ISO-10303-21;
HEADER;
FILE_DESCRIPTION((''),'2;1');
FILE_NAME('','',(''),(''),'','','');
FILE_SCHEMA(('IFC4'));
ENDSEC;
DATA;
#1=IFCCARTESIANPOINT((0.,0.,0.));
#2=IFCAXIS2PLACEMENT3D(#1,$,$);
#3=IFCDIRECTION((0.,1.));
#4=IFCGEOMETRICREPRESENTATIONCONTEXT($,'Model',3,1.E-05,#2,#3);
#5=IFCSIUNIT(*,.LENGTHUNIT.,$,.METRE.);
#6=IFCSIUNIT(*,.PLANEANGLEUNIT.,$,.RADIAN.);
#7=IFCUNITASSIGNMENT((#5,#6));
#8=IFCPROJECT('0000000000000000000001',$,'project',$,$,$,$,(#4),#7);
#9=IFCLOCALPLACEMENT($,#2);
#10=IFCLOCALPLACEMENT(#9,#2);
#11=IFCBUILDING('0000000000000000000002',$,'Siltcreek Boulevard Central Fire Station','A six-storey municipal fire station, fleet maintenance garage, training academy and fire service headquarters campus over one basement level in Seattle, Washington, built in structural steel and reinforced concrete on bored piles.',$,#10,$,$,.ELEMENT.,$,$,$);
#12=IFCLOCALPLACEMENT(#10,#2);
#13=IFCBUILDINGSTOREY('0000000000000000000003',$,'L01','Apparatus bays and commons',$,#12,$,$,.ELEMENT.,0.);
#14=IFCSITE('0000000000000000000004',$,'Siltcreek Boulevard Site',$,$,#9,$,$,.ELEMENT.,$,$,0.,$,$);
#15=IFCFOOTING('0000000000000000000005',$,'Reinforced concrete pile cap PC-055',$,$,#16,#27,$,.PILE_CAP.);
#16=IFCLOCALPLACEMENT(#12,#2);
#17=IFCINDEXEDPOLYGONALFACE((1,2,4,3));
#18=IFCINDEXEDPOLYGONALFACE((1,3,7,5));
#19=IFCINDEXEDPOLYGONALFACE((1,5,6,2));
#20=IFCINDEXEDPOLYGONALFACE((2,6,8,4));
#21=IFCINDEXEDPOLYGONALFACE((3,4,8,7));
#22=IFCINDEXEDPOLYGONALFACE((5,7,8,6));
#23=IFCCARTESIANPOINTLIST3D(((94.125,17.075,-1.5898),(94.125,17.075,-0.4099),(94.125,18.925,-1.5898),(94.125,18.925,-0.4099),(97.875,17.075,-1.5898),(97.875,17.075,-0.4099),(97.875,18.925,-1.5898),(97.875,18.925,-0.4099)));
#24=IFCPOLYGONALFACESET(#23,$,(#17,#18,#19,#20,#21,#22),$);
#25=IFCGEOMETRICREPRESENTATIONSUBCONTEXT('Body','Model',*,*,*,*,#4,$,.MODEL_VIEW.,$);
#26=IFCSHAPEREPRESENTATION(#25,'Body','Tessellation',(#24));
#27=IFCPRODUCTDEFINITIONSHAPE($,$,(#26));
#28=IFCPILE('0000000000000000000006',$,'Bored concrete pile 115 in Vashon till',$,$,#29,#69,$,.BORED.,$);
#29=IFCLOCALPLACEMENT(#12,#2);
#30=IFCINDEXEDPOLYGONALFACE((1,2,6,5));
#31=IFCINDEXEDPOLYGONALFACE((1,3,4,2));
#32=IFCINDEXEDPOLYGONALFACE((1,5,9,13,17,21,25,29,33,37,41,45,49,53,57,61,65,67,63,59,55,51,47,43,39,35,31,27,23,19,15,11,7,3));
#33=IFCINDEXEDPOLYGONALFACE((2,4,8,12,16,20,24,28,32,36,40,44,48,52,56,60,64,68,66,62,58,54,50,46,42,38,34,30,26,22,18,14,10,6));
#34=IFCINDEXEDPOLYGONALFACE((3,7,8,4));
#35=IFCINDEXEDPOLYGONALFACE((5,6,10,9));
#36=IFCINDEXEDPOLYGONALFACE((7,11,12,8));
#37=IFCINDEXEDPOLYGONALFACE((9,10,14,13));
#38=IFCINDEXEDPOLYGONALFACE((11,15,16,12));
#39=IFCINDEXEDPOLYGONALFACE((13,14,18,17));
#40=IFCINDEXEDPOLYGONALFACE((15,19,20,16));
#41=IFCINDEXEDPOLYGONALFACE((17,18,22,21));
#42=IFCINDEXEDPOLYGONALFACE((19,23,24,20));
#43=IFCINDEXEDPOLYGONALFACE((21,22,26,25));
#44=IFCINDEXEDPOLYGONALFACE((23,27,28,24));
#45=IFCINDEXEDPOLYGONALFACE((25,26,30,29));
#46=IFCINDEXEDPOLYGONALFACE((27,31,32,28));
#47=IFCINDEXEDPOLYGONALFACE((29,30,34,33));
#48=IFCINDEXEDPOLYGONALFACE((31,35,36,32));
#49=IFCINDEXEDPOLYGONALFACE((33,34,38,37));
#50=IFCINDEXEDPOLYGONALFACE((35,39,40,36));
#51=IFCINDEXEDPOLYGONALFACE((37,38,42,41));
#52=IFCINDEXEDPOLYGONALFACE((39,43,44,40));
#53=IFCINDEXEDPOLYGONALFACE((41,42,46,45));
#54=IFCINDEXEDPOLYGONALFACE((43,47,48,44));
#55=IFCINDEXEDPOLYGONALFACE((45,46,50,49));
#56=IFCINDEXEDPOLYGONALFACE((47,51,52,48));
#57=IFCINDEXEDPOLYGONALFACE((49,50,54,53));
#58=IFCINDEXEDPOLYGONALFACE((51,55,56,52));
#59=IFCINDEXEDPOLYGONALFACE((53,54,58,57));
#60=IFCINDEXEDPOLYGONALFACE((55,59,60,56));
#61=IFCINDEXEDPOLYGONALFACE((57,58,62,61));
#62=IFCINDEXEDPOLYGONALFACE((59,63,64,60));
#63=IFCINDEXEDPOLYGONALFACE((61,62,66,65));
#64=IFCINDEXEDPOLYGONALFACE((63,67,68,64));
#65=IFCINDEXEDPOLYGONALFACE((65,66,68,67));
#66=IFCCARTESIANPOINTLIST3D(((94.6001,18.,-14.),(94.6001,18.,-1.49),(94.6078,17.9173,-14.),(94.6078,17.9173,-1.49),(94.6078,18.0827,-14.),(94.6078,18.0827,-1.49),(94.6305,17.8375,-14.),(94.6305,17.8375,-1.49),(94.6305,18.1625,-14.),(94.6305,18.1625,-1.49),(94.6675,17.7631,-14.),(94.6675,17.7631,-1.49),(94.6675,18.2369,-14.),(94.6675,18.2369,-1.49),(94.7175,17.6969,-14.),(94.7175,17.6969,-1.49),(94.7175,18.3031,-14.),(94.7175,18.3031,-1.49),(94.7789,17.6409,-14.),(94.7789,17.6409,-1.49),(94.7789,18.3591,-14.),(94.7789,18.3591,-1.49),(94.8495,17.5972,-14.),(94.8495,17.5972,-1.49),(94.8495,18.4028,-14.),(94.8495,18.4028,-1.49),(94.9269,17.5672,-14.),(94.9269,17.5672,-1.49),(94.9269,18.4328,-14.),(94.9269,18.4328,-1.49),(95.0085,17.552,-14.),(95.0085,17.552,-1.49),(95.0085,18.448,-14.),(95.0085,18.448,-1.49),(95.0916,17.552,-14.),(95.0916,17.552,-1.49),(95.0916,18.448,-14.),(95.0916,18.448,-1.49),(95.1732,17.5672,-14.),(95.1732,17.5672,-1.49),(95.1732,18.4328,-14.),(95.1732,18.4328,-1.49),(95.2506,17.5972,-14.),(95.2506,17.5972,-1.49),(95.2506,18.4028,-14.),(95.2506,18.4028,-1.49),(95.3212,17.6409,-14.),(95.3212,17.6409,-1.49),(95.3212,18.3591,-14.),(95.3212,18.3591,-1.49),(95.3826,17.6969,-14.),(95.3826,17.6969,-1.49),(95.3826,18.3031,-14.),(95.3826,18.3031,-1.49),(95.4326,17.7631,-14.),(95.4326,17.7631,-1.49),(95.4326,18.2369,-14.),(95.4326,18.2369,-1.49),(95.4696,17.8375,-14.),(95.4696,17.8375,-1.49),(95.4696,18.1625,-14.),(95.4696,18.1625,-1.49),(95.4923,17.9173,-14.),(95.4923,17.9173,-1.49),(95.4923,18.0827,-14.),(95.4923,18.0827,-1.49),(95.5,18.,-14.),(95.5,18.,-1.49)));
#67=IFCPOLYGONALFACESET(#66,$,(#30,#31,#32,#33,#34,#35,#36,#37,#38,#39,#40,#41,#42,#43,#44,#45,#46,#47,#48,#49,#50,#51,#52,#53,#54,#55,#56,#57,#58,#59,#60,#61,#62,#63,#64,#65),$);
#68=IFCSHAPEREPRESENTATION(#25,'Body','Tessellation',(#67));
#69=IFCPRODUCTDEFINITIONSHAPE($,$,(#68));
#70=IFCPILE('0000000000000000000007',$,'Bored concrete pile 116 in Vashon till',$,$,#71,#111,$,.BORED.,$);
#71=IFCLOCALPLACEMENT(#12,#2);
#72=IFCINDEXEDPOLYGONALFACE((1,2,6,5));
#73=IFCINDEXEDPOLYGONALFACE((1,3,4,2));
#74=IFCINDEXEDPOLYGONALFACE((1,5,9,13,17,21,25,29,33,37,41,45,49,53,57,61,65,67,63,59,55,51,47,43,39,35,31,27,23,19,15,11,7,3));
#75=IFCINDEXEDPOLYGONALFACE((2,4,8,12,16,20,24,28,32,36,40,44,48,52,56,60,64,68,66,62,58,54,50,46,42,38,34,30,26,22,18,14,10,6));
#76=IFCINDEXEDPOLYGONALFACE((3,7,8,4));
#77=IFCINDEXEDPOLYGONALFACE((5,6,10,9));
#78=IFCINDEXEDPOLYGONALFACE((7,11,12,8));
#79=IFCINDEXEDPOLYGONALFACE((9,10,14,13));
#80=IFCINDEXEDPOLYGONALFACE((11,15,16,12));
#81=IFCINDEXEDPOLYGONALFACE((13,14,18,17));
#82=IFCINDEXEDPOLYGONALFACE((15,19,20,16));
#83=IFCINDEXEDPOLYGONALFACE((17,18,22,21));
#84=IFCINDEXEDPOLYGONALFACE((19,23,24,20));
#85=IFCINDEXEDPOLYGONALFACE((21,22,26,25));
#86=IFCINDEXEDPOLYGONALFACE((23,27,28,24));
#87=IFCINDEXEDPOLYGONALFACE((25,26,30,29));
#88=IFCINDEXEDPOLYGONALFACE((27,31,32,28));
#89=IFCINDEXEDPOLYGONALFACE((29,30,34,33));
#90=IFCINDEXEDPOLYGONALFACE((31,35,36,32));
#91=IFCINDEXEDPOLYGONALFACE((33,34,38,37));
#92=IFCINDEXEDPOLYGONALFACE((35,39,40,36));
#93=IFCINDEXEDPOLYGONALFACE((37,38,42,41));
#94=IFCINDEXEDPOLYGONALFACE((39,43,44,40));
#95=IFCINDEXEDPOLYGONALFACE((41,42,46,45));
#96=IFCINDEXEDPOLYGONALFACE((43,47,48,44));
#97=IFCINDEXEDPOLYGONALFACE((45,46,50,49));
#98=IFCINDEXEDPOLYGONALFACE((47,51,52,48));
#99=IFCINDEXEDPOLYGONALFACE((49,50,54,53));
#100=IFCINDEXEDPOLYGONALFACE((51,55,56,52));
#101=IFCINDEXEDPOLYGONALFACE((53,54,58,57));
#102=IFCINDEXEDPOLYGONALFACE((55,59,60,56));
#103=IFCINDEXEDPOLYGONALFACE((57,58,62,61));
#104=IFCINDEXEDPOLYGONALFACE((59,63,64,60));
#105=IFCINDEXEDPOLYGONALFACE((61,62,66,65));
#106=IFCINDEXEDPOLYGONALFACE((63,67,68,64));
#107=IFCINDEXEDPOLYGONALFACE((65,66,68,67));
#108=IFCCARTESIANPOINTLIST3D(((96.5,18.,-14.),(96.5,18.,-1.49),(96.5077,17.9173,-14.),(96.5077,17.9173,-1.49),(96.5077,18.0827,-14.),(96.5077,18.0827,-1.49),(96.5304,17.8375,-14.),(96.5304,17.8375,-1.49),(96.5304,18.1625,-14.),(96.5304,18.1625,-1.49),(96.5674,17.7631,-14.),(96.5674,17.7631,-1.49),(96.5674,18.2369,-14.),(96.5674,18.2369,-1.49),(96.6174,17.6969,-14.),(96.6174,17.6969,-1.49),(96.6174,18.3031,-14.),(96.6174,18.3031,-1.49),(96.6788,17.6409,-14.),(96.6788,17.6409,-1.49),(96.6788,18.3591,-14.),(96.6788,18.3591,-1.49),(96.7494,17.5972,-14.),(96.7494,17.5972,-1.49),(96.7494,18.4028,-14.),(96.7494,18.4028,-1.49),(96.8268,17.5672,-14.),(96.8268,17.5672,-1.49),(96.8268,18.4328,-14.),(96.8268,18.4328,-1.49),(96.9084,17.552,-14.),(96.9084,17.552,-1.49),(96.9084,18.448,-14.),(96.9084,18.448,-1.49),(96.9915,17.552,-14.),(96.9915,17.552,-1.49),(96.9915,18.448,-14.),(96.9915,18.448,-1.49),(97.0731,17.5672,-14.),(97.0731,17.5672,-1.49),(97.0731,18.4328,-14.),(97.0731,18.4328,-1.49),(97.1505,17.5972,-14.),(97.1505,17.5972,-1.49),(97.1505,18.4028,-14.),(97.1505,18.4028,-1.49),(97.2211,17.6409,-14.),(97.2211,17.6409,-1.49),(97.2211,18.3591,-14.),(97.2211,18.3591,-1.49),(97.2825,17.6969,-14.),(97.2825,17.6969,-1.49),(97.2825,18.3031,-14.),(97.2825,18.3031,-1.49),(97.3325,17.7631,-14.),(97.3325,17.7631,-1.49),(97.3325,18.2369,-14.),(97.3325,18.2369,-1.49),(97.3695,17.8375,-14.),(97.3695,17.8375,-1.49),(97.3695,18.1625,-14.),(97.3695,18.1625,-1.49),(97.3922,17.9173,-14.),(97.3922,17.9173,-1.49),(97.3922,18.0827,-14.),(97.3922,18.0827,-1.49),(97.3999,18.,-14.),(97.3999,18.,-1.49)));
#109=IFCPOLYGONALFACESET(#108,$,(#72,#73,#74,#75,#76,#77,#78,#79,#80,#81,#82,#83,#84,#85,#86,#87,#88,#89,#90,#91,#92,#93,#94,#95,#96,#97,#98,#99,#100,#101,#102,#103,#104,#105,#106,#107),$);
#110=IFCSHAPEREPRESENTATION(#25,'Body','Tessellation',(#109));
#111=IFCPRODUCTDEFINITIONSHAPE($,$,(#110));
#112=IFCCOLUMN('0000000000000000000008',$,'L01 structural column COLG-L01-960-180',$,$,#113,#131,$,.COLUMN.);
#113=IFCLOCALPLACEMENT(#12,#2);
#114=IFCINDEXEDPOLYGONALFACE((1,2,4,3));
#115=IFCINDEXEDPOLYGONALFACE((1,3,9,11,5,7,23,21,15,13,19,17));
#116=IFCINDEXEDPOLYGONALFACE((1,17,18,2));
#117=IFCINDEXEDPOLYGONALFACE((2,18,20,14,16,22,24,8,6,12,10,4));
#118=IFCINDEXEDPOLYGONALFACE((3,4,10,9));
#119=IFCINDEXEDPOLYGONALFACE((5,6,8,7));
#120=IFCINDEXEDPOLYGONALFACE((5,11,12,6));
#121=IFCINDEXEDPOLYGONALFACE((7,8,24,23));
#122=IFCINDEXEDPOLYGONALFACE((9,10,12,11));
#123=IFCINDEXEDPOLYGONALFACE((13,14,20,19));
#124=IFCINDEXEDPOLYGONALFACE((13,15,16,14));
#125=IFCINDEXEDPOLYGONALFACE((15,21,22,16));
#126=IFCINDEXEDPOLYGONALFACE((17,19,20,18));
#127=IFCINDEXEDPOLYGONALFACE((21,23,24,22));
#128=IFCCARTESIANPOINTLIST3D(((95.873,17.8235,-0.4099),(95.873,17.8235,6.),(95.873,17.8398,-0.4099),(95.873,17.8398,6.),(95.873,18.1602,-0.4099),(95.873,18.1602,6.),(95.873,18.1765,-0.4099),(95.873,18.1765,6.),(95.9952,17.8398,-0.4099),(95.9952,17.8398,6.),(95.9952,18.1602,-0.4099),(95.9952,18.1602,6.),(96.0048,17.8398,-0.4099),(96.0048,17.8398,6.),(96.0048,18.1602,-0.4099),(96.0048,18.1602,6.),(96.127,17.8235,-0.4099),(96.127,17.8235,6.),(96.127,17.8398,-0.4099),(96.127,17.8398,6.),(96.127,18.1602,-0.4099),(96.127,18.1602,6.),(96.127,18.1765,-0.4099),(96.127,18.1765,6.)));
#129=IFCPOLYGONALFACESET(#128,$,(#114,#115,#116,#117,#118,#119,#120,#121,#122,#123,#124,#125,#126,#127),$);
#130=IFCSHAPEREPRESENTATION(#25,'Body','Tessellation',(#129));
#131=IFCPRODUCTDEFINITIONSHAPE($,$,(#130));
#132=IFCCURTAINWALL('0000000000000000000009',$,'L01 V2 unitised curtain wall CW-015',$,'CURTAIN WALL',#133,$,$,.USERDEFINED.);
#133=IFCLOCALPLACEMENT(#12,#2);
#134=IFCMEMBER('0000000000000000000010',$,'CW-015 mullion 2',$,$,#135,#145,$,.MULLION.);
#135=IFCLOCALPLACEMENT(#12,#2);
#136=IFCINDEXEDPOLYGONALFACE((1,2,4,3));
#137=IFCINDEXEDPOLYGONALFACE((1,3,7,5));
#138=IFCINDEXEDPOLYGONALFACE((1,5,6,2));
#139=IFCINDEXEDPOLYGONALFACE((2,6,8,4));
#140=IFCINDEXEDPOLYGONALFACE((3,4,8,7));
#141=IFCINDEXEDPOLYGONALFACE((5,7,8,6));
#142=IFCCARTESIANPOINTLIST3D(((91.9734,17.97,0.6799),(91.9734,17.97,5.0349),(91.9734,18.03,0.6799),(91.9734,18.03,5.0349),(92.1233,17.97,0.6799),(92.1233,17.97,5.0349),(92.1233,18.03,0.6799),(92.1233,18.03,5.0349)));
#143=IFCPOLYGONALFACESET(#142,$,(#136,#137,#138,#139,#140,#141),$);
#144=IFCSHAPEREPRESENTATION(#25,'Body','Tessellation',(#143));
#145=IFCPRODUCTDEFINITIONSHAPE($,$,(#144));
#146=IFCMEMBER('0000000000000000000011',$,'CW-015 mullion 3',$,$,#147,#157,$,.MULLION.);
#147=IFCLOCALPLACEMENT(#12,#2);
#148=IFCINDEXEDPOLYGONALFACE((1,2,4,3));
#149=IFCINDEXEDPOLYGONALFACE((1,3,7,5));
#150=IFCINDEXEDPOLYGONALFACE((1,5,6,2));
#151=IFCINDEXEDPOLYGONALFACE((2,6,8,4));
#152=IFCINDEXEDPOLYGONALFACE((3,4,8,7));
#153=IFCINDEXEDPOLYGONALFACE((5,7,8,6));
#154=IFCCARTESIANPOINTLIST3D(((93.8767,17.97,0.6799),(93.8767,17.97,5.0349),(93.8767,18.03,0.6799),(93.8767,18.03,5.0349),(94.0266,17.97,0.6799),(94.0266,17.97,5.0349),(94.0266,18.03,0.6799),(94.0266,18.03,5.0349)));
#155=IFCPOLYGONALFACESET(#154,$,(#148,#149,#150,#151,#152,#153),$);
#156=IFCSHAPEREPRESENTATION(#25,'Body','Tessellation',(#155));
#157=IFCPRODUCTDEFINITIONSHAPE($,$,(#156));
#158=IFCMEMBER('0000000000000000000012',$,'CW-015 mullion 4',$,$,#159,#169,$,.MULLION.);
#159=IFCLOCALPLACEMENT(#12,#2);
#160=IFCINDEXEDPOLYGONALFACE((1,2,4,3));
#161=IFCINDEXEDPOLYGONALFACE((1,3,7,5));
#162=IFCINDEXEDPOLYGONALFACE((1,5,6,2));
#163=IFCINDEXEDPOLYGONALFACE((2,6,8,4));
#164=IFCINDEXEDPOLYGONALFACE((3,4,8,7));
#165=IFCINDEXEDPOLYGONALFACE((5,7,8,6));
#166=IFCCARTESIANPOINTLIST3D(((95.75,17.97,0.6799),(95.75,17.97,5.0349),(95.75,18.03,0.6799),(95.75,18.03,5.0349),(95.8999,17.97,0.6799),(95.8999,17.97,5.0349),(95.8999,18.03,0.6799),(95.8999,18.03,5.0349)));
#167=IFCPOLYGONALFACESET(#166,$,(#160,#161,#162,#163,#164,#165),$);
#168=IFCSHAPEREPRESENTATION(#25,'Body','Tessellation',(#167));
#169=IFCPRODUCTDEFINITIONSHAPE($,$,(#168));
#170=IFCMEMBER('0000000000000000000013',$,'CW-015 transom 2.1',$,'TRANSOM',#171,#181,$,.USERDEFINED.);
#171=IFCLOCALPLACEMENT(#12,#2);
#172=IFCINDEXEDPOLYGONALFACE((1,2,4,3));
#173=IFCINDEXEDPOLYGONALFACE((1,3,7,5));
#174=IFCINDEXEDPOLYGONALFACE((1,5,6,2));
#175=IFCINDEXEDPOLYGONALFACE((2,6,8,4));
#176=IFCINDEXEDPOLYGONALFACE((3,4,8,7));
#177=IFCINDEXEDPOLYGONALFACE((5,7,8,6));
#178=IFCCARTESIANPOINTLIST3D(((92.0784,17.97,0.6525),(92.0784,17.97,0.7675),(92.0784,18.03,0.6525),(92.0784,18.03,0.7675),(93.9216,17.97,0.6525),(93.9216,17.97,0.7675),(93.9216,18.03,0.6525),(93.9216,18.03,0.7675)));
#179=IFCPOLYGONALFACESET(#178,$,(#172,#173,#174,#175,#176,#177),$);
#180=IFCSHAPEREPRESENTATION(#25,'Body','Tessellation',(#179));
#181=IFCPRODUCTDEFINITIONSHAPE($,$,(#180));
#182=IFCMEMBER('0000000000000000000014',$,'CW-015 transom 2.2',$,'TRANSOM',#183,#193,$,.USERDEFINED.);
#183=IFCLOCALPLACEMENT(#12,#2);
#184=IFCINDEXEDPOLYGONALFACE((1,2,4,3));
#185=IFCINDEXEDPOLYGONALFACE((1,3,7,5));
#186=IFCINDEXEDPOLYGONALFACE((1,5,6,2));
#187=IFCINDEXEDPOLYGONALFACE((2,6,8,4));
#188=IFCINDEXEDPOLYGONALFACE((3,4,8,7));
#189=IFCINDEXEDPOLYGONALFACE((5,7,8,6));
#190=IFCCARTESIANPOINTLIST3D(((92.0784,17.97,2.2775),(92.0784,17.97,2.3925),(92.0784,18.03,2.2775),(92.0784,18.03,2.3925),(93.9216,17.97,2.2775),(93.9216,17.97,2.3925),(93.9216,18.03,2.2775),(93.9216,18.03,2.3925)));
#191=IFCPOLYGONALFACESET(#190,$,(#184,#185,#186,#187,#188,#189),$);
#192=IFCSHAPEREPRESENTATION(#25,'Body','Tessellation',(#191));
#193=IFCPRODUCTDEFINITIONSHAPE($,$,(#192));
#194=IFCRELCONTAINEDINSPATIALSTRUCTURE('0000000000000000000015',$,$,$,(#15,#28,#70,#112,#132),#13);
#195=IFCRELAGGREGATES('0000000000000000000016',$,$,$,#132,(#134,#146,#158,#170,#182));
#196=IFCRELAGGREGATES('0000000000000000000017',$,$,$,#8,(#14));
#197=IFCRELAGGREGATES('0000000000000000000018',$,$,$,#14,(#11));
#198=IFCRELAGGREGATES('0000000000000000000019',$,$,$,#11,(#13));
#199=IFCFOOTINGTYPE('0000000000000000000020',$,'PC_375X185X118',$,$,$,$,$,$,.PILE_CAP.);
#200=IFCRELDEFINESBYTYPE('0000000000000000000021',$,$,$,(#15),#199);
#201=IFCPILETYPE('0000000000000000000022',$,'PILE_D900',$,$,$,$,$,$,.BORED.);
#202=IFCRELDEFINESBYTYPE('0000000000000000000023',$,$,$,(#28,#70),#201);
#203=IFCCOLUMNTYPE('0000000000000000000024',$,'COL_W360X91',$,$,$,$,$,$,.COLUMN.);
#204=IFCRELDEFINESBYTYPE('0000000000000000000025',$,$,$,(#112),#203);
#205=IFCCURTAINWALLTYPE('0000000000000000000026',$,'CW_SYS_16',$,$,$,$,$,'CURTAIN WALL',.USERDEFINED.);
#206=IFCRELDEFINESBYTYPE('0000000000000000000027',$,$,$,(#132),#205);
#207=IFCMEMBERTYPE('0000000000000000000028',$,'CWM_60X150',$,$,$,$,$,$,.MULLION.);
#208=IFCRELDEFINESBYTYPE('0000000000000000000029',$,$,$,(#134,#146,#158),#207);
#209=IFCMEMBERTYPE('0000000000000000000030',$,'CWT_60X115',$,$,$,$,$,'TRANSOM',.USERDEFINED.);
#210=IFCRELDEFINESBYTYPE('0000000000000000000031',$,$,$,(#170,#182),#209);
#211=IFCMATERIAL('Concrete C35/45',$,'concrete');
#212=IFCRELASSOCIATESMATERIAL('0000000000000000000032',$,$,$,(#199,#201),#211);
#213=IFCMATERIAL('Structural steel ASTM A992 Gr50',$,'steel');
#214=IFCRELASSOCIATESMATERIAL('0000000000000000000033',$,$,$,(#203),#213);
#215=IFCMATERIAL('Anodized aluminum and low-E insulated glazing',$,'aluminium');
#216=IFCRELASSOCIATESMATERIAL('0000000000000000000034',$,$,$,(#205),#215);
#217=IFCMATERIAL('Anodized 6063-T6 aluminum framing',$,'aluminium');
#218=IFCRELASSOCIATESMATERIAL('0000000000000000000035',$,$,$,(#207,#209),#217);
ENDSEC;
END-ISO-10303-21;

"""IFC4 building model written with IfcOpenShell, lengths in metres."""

from ifc_helpers import new_model, si_unit, direction, frame, origin, origin_2d, place, context, subcontext, project, spatial, rectangle, circle, i_section, extrude, material, material_profile, profile_set, type_object, element, aggregate, save


model = new_model("IFC4")

# Units and contexts
model_context = context("Model", 3, precision=1e-05, world=origin(), true_north=direction((0.0, 1.0)))
body_context = subcontext(model_context, "Body", "Model", "MODEL_VIEW")
ifc_project = project(units=[si_unit("LENGTHUNIT", "METRE"), si_unit("PLANEANGLEUNIT", "RADIAN")], contexts=[model_context])

# Site, building, storey
site_placement = place(None, origin())
site = spatial("IfcSite", under=ifc_project, at=site_placement, Name="Siltcreek Boulevard Site", CompositionType="ELEMENT", RefElevation=0.0)
building_placement = place(site_placement, origin())
building = spatial("IfcBuilding", under=site, at=building_placement, Name="Siltcreek Boulevard Central Fire Station", Description="A six-storey municipal fire station, fleet maintenance garage, training academy and fire service headquarters campus over one basement level in Seattle, Washington, built in structural steel and reinforced concrete on bored piles.", CompositionType="ELEMENT")
storey_placement = place(building_placement, origin())
storey = spatial("IfcBuildingStorey", under=building, at=storey_placement, Name="L01", Description="Apparatus bays and commons", CompositionType="ELEMENT", Elevation=0.0)

# Footing
ifc_material_1 = material(Name="Concrete C35/45", Category="concrete")
footing_type = type_object("IfcFootingType", Name="PC_375X185X118", PredefinedType="PILE_CAP", material=ifc_material_1)
footing_placement = place(storey_placement, frame((96.0, 18.0, -1.5898), z_axis=(0.0, 0.0, 1.0), x_axis=(1.0, 0.0, 0.0)))
element("IfcFooting", 1, at=footing_placement, inside=storey, type_object=footing_type, Name="Reinforced concrete pile cap PC-055", PredefinedType="PILE_CAP", context=body_context, shape_type="SweptSolid", body=[
    extrude(rectangle(XDim=3.75, YDim=1.8501, at=origin_2d()), origin(), (0.0, 0.0, 1.0), 1.1799),
])

# Piles
ifc_material_profile_1 = material_profile(ifc_material_1, circle(Radius=0.45, at=origin_2d()), Name="SHAFT900")
ifc_profile_set_1 = profile_set([ifc_material_profile_1], Name="Concrete C35/45")
pile_type = type_object("IfcPileType", Name="PILE_D900", PredefinedType="BORED", material=ifc_profile_set_1)
for number, where, z_axis, x_axis, name in (
    (2, (95.05, 18.0, -1.49), (0.0, 0.0, -1.0), (1.0, 0.0, 0.0), "Bored concrete pile 115 in Vashon till"),
    (3, (96.95, 18.0, -1.49), (0.0, 0.0, -1.0), (1.0, 0.0, 0.0), "Bored concrete pile 116 in Vashon till"),
):
    element("IfcPile", number, at=place(storey_placement, frame(where, z_axis=z_axis, x_axis=x_axis)), inside=storey, type_object=pile_type, Name=name, PredefinedType="BORED", context=body_context, shape_type="SweptSolid", body=[
        extrude(circle(Radius=0.45, at=origin_2d()), origin(), (0.0, 0.0, 1.0), 12.51),
    ])

# Column
ifc_material_2 = material(Name="Structural steel ASTM A992 Gr50", Category="steel")
ifc_material_profile_2 = material_profile(ifc_material_2, i_section(OverallWidth=0.2539, OverallDepth=0.353, WebThickness=0.0095, FlangeThickness=0.0164, at=origin_2d()), Name="W360X91")
ifc_profile_set_2 = profile_set([ifc_material_profile_2], Name="Structural steel ASTM A992 Gr50")
column_type = type_object("IfcColumnType", Name="COL_W360X91", PredefinedType="COLUMN", material=ifc_profile_set_2)
column_placement = place(storey_placement, frame((96.0, 18.0, -0.4099), z_axis=(0.0, 0.0, 1.0), x_axis=(1.0, 0.0, 0.0)))
element("IfcColumn", 4, at=column_placement, inside=storey, type_object=column_type, Name="L01 structural column COLG-L01-960-180", PredefinedType="COLUMN", context=body_context, shape_type="SweptSolid", body=[
    extrude(i_section(OverallWidth=0.2539, OverallDepth=0.353, WebThickness=0.0095, FlangeThickness=0.0164, at=origin_2d()), origin(), (0.0, 0.0, 1.0), 6.4099),
])

# Curtain wall, members
ifc_material_3 = material(Name="Anodized aluminum and low-E insulated glazing", Category="aluminium")
curtain_wall_type = type_object("IfcCurtainWallType", Name="CW_SYS_16", ElementType="CURTAIN WALL", PredefinedType="USERDEFINED", material=ifc_material_3)
curtain_wall_placement = place(storey_placement, origin())
curtain_wall = element("IfcCurtainWall", 5, at=curtain_wall_placement, inside=storey, type_object=curtain_wall_type, Name="L01 V2 unitised curtain wall CW-015", ObjectType="CURTAIN WALL", PredefinedType="USERDEFINED")
ifc_material_4 = material(Name="Anodized 6063-T6 aluminum framing", Category="aluminium")
ifc_material_profile_3 = material_profile(ifc_material_4, rectangle(XDim=0.0601, YDim=0.1499, at=origin_2d()), Name="MULL60X150")
ifc_profile_set_3 = profile_set([ifc_material_profile_3], Name="Anodized 6063-T6 aluminum framing")
member_type_1 = type_object("IfcMemberType", Name="CWM_60X150", PredefinedType="MULLION", material=ifc_profile_set_3)
member_1_placement = place(storey_placement, frame((92.0483, 18.0, 0.6799), z_axis=(0.0, 0.0, 1.0), x_axis=(0.0, 1.0, 0.0)))
member_1 = element("IfcMember", 6, at=member_1_placement, type_object=member_type_1, Name="CW-015 mullion 2", PredefinedType="MULLION", context=body_context, shape_type="SweptSolid", body=[
    extrude(rectangle(XDim=0.0601, YDim=0.1499, at=origin_2d()), origin(), (0.0, 0.0, 1.0), 4.355),
])
member_2_placement = place(storey_placement, frame((93.9517, 18.0, 0.6799), z_axis=(0.0, 0.0, 1.0), x_axis=(0.0, 1.0, 0.0)))
member_2 = element("IfcMember", 7, at=member_2_placement, type_object=member_type_1, Name="CW-015 mullion 3", PredefinedType="MULLION", context=body_context, shape_type="SweptSolid", body=[
    extrude(rectangle(XDim=0.0601, YDim=0.1499, at=origin_2d()), origin(), (0.0, 0.0, 1.0), 4.355),
])
member_3_placement = place(storey_placement, frame((95.825, 18.0, 0.6799), z_axis=(0.0, 0.0, 1.0), x_axis=(0.0, 1.0, 0.0)))
member_3 = element("IfcMember", 8, at=member_3_placement, type_object=member_type_1, Name="CW-015 mullion 4", PredefinedType="MULLION", context=body_context, shape_type="SweptSolid", body=[
    extrude(rectangle(XDim=0.0601, YDim=0.1499, at=origin_2d()), origin(), (0.0, 0.0, 1.0), 4.355),
])
ifc_material_profile_4 = material_profile(ifc_material_4, rectangle(XDim=0.0601, YDim=0.115, at=origin_2d()), Name="TRAN60X115")
ifc_profile_set_4 = profile_set([ifc_material_profile_4], Name="Anodized 6063-T6 aluminum framing")
member_type_2 = type_object("IfcMemberType", Name="CWT_60X115", ElementType="TRANSOM", PredefinedType="USERDEFINED", material=ifc_profile_set_4)
member_4_placement = place(storey_placement, frame((92.0784, 18.0, 0.71), z_axis=(1.0, 0.0, 0.0), x_axis=(0.0, 1.0, 0.0)))
member_4 = element("IfcMember", 9, at=member_4_placement, type_object=member_type_2, Name="CW-015 transom 2.1", ObjectType="TRANSOM", PredefinedType="USERDEFINED", context=body_context, shape_type="SweptSolid", body=[
    extrude(rectangle(XDim=0.0601, YDim=0.115, at=origin_2d()), origin(), (0.0, 0.0, 1.0), 1.8433),
])
member_5_placement = place(storey_placement, frame((92.0784, 18.0, 2.335), z_axis=(1.0, 0.0, 0.0), x_axis=(0.0, 1.0, 0.0)))
member_5 = element("IfcMember", 10, at=member_5_placement, type_object=member_type_2, Name="CW-015 transom 2.2", ObjectType="TRANSOM", PredefinedType="USERDEFINED", context=body_context, shape_type="SweptSolid", body=[
    extrude(rectangle(XDim=0.0601, YDim=0.115, at=origin_2d()), origin(), (0.0, 0.0, 1.0), 1.8433),
])

aggregate(curtain_wall, [member_1, member_2, member_3, member_4, member_5])

save(model, "model.ifc")
